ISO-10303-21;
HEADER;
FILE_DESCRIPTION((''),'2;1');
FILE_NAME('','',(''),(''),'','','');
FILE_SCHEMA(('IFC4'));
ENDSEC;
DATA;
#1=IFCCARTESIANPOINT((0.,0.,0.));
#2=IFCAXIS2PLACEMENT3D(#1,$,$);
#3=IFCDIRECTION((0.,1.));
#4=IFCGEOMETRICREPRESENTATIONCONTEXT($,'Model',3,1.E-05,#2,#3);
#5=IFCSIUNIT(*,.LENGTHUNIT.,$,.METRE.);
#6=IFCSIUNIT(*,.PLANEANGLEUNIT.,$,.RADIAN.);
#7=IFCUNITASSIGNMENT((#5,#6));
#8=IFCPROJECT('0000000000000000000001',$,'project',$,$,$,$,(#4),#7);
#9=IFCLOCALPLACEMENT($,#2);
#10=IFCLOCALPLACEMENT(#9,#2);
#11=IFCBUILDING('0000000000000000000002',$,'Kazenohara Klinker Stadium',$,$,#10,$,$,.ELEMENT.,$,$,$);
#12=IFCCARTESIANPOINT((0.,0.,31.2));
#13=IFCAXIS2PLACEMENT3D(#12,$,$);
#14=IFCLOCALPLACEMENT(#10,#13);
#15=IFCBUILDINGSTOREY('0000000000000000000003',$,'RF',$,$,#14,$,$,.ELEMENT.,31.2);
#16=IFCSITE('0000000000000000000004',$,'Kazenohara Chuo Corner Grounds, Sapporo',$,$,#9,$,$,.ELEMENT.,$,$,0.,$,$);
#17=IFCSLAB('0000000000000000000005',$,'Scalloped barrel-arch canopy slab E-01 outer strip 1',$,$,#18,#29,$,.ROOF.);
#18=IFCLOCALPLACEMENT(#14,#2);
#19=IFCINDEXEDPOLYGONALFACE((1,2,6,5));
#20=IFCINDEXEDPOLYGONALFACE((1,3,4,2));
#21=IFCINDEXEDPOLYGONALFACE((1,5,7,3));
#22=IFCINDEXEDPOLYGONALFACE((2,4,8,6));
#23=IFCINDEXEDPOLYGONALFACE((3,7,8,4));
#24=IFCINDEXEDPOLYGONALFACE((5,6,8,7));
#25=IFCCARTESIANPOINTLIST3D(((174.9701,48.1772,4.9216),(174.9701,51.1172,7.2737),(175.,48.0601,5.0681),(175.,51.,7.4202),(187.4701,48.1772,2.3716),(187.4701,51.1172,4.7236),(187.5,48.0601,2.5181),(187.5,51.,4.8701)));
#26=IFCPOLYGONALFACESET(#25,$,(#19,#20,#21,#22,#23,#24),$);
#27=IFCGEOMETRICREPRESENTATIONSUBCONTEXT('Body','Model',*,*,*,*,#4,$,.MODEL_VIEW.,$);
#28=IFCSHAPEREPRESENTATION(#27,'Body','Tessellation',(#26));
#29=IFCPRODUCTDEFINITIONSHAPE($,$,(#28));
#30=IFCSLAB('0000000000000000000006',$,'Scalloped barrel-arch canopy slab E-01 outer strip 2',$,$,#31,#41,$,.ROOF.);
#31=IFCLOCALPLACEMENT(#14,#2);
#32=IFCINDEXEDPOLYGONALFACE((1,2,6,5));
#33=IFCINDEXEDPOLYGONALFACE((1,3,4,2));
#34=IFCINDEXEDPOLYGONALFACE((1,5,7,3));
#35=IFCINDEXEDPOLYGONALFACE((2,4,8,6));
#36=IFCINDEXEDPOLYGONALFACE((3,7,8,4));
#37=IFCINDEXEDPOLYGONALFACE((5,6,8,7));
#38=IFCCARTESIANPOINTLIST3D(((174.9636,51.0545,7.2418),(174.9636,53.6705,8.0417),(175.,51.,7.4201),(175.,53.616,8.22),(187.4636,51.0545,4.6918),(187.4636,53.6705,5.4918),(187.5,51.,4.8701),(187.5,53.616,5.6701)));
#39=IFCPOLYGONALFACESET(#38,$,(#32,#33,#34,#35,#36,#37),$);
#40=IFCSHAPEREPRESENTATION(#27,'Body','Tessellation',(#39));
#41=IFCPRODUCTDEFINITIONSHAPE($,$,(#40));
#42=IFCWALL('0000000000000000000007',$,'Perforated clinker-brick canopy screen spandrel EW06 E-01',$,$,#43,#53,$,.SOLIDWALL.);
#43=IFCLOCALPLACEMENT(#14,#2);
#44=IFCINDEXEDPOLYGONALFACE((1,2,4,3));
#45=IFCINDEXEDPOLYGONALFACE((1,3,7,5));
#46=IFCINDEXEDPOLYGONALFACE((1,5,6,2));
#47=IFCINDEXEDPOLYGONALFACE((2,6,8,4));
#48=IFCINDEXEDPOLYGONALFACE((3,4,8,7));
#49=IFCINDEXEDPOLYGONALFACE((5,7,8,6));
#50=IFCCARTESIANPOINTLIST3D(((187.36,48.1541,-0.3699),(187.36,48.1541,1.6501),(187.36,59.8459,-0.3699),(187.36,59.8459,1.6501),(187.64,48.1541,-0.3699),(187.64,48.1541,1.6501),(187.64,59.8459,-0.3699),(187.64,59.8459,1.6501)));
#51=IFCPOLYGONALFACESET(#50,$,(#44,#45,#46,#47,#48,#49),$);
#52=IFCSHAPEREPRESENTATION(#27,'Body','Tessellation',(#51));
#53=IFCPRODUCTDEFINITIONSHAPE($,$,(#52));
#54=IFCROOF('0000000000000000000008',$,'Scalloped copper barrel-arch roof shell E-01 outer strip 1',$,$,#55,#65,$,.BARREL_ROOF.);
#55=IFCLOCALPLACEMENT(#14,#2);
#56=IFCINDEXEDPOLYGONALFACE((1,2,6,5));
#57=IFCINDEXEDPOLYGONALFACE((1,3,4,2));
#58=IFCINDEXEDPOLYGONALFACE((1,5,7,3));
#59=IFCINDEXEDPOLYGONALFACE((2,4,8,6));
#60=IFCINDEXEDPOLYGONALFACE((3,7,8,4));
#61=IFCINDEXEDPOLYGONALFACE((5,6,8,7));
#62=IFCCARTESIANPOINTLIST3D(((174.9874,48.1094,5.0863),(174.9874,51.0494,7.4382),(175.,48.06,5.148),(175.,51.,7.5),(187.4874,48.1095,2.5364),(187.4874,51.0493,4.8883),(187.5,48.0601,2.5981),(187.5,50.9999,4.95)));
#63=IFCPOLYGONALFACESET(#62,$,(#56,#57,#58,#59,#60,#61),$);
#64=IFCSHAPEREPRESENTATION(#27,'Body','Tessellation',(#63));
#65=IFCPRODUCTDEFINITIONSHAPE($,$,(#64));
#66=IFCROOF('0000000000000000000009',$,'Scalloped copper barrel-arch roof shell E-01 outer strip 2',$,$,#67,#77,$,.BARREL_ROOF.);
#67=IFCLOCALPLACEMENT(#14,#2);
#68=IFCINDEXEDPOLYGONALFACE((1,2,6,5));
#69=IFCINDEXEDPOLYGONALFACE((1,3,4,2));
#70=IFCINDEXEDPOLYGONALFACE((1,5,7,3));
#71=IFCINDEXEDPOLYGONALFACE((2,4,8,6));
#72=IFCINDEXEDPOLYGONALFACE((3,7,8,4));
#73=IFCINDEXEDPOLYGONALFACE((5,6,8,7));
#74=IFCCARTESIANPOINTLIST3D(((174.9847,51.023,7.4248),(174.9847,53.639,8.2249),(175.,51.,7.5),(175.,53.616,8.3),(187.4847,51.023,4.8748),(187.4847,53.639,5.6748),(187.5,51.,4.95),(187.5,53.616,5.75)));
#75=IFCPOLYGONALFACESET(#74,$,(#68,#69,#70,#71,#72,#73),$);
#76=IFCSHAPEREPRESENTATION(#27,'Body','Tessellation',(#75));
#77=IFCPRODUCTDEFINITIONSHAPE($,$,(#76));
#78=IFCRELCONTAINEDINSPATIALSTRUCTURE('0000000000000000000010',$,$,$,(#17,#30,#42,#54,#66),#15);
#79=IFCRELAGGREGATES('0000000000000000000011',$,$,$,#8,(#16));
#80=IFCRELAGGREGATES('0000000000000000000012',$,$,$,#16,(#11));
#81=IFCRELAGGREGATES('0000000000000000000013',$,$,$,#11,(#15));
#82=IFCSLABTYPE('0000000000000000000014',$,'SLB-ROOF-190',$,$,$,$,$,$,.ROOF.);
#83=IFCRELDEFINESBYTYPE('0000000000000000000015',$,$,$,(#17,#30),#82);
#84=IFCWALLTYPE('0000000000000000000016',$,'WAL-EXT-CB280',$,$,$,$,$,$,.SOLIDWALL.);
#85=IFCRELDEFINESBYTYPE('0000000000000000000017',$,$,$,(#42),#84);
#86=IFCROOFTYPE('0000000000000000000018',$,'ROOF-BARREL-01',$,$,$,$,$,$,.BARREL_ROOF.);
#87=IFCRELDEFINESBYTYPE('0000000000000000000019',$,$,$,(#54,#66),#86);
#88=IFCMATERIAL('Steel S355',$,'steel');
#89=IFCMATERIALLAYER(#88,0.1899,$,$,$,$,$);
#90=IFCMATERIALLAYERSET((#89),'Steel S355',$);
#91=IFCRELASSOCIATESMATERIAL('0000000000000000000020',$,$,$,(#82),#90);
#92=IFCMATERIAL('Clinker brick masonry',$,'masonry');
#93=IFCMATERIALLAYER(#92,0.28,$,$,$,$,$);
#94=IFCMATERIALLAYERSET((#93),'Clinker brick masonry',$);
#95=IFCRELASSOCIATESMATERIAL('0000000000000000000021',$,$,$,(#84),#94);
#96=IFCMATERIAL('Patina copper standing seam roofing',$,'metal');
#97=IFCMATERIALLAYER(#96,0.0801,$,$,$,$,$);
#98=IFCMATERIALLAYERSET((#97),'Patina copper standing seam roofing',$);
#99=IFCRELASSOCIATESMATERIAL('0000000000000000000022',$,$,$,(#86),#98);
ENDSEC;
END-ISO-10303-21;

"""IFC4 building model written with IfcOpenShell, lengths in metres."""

from ifc_helpers import new_model, si_unit, direction, frame, frame_2d, origin, place, context, subcontext, project, spatial, polyline, rectangle, outline, extrude, material, layer, layer_set, type_object, element, save


model = new_model("IFC4")

# Units and contexts
model_context = context("Model", 3, precision=1e-05, world=origin(), true_north=direction((0.0, 1.0)))
body_context = subcontext(model_context, "Body", "Model", "MODEL_VIEW")
ifc_project = project(units=[si_unit("LENGTHUNIT", "METRE"), si_unit("PLANEANGLEUNIT", "RADIAN")], contexts=[model_context])

# Site, building, storey
site_placement = place(None, origin())
site = spatial("IfcSite", under=ifc_project, at=site_placement, Name="Kazenohara Chuo Corner Grounds, Sapporo", CompositionType="ELEMENT", RefElevation=0.0)
building_placement = place(site_placement, origin())
building = spatial("IfcBuilding", under=site, at=building_placement, Name="Kazenohara Klinker Stadium", CompositionType="ELEMENT")
storey_placement = place(building_placement, frame((0.0, 0.0, 31.2)))
storey = spatial("IfcBuildingStorey", under=building, at=storey_placement, Name="RF", CompositionType="ELEMENT", Elevation=31.2)

# Shared definitions
ifc_material_1 = material(Name="Steel S355", Category="steel")

# Slabs
ifc_layer_1 = layer(ifc_material_1, 0.1899)
ifc_layer_set_1 = layer_set([ifc_layer_1], Name="Steel S355")
slab_type = type_object("IfcSlabType", Name="SLB-ROOF-190", PredefinedType="ROOF", material=ifc_layer_set_1)
slab_1_placement = place(storey_placement, frame((187.5, 48.0601, 2.5181), z_axis=(0.157314, -0.616932, 0.771133), x_axis=(-0.979819, 0.0, 0.199887)))
element("IfcSlab", 1, at=slab_1_placement, inside=storey, type_object=slab_type, Name="Scalloped barrel-arch canopy slab E-01 outer strip 1", PredefinedType="ROOF", context=body_context, shape_type="SweptSolid", body=[
    extrude(outline(polyline([(0.0, 0.0), (12.7575, 0.0), (13.2276, -3.7356), (0.4701, -3.7356), (0.0, 0.0)])), origin(), (0.0, 0.0, -1.0), 0.1899),
])
slab_2_placement = place(storey_placement, frame((187.5, 51.0, 4.8701), z_axis=(0.191468, -0.28701, 0.938597), x_axis=(-0.979821, 0.000003, 0.199878)))
element("IfcSlab", 2, at=slab_2_placement, inside=storey, type_object=slab_type, Name="Scalloped barrel-arch canopy slab E-01 outer strip 2", PredefinedType="ROOF", context=body_context, shape_type="SweptSolid", body=[
    extrude(outline(polyline([(0.0, 0.0), (12.7575, 0.0), (12.9173, -2.7308), (0.1599, -2.7309), (0.0, 0.0)])), origin(), (0.0, 0.0, -1.0), 0.1899),
])

# Wall
ifc_material_2 = material(Name="Clinker brick masonry", Category="masonry")
ifc_layer_2 = layer(ifc_material_2, 0.28)
ifc_layer_set_2 = layer_set([ifc_layer_2], Name="Clinker brick masonry")
wall_type = type_object("IfcWallType", Name="WAL-EXT-CB280", PredefinedType="SOLIDWALL", material=ifc_layer_set_2)
wall_placement = place(storey_placement, frame((187.5, 48.1541, -0.3699), z_axis=(0.0, 0.0, 1.0), x_axis=(0.0, 1.0, 0.0)))
element("IfcWall", 3, at=wall_placement, inside=storey, type_object=wall_type, Name="Perforated clinker-brick canopy screen spandrel EW06 E-01", PredefinedType="SOLIDWALL", context=body_context, shape_type="SweptSolid", body=[
    extrude(rectangle(XDim=11.6919, YDim=0.28, at=frame_2d((5.8459, 0.0))), origin(), (0.0, 0.0, 1.0), 2.02),
])

# Roofs
ifc_material_3 = material(Name="Patina copper standing seam roofing", Category="metal")
ifc_layer_3 = layer(ifc_material_3, 0.0801)
ifc_layer_set_3 = layer_set([ifc_layer_3], Name="Patina copper standing seam roofing")
roof_type = type_object("IfcRoofType", Name="ROOF-BARREL-01", PredefinedType="BARREL_ROOF", material=ifc_layer_set_3)
roof_1_placement = place(storey_placement, frame((187.5, 48.0601, 2.5981), z_axis=(0.15731, -0.616913, 0.77115), x_axis=(-0.979822, -0.000005, 0.199874)))
element("IfcRoof", 4, at=roof_1_placement, inside=storey, type_object=roof_type, Name="Scalloped copper barrel-arch roof shell E-01 outer strip 1", PredefinedType="BARREL_ROOF", context=body_context, shape_type="SweptSolid", body=[
    extrude(outline(polyline([(0.0, 0.0), (12.7574, 0.0), (13.2275, -3.7356), (0.4701, -3.7354), (0.0, 0.0)])), origin(), (0.0, 0.0, -1.0), 0.0801),
])
roof_2_placement = place(storey_placement, frame((187.5, 51.0, 4.95), z_axis=(0.191475, -0.28705, 0.938584), x_axis=(-0.979819, 0.0, 0.199887)))
element("IfcRoof", 5, at=roof_2_placement, inside=storey, type_object=roof_type, Name="Scalloped copper barrel-arch roof shell E-01 outer strip 2", PredefinedType="BARREL_ROOF", context=body_context, shape_type="SweptSolid", body=[
    extrude(outline(polyline([(0.0, 0.0), (12.7575, 0.0), (12.9174, -2.7309), (0.1599, -2.7309), (0.0, 0.0)])), origin(), (0.0, 0.0, -1.0), 0.0801),
])

save(model, "model.ifc")
